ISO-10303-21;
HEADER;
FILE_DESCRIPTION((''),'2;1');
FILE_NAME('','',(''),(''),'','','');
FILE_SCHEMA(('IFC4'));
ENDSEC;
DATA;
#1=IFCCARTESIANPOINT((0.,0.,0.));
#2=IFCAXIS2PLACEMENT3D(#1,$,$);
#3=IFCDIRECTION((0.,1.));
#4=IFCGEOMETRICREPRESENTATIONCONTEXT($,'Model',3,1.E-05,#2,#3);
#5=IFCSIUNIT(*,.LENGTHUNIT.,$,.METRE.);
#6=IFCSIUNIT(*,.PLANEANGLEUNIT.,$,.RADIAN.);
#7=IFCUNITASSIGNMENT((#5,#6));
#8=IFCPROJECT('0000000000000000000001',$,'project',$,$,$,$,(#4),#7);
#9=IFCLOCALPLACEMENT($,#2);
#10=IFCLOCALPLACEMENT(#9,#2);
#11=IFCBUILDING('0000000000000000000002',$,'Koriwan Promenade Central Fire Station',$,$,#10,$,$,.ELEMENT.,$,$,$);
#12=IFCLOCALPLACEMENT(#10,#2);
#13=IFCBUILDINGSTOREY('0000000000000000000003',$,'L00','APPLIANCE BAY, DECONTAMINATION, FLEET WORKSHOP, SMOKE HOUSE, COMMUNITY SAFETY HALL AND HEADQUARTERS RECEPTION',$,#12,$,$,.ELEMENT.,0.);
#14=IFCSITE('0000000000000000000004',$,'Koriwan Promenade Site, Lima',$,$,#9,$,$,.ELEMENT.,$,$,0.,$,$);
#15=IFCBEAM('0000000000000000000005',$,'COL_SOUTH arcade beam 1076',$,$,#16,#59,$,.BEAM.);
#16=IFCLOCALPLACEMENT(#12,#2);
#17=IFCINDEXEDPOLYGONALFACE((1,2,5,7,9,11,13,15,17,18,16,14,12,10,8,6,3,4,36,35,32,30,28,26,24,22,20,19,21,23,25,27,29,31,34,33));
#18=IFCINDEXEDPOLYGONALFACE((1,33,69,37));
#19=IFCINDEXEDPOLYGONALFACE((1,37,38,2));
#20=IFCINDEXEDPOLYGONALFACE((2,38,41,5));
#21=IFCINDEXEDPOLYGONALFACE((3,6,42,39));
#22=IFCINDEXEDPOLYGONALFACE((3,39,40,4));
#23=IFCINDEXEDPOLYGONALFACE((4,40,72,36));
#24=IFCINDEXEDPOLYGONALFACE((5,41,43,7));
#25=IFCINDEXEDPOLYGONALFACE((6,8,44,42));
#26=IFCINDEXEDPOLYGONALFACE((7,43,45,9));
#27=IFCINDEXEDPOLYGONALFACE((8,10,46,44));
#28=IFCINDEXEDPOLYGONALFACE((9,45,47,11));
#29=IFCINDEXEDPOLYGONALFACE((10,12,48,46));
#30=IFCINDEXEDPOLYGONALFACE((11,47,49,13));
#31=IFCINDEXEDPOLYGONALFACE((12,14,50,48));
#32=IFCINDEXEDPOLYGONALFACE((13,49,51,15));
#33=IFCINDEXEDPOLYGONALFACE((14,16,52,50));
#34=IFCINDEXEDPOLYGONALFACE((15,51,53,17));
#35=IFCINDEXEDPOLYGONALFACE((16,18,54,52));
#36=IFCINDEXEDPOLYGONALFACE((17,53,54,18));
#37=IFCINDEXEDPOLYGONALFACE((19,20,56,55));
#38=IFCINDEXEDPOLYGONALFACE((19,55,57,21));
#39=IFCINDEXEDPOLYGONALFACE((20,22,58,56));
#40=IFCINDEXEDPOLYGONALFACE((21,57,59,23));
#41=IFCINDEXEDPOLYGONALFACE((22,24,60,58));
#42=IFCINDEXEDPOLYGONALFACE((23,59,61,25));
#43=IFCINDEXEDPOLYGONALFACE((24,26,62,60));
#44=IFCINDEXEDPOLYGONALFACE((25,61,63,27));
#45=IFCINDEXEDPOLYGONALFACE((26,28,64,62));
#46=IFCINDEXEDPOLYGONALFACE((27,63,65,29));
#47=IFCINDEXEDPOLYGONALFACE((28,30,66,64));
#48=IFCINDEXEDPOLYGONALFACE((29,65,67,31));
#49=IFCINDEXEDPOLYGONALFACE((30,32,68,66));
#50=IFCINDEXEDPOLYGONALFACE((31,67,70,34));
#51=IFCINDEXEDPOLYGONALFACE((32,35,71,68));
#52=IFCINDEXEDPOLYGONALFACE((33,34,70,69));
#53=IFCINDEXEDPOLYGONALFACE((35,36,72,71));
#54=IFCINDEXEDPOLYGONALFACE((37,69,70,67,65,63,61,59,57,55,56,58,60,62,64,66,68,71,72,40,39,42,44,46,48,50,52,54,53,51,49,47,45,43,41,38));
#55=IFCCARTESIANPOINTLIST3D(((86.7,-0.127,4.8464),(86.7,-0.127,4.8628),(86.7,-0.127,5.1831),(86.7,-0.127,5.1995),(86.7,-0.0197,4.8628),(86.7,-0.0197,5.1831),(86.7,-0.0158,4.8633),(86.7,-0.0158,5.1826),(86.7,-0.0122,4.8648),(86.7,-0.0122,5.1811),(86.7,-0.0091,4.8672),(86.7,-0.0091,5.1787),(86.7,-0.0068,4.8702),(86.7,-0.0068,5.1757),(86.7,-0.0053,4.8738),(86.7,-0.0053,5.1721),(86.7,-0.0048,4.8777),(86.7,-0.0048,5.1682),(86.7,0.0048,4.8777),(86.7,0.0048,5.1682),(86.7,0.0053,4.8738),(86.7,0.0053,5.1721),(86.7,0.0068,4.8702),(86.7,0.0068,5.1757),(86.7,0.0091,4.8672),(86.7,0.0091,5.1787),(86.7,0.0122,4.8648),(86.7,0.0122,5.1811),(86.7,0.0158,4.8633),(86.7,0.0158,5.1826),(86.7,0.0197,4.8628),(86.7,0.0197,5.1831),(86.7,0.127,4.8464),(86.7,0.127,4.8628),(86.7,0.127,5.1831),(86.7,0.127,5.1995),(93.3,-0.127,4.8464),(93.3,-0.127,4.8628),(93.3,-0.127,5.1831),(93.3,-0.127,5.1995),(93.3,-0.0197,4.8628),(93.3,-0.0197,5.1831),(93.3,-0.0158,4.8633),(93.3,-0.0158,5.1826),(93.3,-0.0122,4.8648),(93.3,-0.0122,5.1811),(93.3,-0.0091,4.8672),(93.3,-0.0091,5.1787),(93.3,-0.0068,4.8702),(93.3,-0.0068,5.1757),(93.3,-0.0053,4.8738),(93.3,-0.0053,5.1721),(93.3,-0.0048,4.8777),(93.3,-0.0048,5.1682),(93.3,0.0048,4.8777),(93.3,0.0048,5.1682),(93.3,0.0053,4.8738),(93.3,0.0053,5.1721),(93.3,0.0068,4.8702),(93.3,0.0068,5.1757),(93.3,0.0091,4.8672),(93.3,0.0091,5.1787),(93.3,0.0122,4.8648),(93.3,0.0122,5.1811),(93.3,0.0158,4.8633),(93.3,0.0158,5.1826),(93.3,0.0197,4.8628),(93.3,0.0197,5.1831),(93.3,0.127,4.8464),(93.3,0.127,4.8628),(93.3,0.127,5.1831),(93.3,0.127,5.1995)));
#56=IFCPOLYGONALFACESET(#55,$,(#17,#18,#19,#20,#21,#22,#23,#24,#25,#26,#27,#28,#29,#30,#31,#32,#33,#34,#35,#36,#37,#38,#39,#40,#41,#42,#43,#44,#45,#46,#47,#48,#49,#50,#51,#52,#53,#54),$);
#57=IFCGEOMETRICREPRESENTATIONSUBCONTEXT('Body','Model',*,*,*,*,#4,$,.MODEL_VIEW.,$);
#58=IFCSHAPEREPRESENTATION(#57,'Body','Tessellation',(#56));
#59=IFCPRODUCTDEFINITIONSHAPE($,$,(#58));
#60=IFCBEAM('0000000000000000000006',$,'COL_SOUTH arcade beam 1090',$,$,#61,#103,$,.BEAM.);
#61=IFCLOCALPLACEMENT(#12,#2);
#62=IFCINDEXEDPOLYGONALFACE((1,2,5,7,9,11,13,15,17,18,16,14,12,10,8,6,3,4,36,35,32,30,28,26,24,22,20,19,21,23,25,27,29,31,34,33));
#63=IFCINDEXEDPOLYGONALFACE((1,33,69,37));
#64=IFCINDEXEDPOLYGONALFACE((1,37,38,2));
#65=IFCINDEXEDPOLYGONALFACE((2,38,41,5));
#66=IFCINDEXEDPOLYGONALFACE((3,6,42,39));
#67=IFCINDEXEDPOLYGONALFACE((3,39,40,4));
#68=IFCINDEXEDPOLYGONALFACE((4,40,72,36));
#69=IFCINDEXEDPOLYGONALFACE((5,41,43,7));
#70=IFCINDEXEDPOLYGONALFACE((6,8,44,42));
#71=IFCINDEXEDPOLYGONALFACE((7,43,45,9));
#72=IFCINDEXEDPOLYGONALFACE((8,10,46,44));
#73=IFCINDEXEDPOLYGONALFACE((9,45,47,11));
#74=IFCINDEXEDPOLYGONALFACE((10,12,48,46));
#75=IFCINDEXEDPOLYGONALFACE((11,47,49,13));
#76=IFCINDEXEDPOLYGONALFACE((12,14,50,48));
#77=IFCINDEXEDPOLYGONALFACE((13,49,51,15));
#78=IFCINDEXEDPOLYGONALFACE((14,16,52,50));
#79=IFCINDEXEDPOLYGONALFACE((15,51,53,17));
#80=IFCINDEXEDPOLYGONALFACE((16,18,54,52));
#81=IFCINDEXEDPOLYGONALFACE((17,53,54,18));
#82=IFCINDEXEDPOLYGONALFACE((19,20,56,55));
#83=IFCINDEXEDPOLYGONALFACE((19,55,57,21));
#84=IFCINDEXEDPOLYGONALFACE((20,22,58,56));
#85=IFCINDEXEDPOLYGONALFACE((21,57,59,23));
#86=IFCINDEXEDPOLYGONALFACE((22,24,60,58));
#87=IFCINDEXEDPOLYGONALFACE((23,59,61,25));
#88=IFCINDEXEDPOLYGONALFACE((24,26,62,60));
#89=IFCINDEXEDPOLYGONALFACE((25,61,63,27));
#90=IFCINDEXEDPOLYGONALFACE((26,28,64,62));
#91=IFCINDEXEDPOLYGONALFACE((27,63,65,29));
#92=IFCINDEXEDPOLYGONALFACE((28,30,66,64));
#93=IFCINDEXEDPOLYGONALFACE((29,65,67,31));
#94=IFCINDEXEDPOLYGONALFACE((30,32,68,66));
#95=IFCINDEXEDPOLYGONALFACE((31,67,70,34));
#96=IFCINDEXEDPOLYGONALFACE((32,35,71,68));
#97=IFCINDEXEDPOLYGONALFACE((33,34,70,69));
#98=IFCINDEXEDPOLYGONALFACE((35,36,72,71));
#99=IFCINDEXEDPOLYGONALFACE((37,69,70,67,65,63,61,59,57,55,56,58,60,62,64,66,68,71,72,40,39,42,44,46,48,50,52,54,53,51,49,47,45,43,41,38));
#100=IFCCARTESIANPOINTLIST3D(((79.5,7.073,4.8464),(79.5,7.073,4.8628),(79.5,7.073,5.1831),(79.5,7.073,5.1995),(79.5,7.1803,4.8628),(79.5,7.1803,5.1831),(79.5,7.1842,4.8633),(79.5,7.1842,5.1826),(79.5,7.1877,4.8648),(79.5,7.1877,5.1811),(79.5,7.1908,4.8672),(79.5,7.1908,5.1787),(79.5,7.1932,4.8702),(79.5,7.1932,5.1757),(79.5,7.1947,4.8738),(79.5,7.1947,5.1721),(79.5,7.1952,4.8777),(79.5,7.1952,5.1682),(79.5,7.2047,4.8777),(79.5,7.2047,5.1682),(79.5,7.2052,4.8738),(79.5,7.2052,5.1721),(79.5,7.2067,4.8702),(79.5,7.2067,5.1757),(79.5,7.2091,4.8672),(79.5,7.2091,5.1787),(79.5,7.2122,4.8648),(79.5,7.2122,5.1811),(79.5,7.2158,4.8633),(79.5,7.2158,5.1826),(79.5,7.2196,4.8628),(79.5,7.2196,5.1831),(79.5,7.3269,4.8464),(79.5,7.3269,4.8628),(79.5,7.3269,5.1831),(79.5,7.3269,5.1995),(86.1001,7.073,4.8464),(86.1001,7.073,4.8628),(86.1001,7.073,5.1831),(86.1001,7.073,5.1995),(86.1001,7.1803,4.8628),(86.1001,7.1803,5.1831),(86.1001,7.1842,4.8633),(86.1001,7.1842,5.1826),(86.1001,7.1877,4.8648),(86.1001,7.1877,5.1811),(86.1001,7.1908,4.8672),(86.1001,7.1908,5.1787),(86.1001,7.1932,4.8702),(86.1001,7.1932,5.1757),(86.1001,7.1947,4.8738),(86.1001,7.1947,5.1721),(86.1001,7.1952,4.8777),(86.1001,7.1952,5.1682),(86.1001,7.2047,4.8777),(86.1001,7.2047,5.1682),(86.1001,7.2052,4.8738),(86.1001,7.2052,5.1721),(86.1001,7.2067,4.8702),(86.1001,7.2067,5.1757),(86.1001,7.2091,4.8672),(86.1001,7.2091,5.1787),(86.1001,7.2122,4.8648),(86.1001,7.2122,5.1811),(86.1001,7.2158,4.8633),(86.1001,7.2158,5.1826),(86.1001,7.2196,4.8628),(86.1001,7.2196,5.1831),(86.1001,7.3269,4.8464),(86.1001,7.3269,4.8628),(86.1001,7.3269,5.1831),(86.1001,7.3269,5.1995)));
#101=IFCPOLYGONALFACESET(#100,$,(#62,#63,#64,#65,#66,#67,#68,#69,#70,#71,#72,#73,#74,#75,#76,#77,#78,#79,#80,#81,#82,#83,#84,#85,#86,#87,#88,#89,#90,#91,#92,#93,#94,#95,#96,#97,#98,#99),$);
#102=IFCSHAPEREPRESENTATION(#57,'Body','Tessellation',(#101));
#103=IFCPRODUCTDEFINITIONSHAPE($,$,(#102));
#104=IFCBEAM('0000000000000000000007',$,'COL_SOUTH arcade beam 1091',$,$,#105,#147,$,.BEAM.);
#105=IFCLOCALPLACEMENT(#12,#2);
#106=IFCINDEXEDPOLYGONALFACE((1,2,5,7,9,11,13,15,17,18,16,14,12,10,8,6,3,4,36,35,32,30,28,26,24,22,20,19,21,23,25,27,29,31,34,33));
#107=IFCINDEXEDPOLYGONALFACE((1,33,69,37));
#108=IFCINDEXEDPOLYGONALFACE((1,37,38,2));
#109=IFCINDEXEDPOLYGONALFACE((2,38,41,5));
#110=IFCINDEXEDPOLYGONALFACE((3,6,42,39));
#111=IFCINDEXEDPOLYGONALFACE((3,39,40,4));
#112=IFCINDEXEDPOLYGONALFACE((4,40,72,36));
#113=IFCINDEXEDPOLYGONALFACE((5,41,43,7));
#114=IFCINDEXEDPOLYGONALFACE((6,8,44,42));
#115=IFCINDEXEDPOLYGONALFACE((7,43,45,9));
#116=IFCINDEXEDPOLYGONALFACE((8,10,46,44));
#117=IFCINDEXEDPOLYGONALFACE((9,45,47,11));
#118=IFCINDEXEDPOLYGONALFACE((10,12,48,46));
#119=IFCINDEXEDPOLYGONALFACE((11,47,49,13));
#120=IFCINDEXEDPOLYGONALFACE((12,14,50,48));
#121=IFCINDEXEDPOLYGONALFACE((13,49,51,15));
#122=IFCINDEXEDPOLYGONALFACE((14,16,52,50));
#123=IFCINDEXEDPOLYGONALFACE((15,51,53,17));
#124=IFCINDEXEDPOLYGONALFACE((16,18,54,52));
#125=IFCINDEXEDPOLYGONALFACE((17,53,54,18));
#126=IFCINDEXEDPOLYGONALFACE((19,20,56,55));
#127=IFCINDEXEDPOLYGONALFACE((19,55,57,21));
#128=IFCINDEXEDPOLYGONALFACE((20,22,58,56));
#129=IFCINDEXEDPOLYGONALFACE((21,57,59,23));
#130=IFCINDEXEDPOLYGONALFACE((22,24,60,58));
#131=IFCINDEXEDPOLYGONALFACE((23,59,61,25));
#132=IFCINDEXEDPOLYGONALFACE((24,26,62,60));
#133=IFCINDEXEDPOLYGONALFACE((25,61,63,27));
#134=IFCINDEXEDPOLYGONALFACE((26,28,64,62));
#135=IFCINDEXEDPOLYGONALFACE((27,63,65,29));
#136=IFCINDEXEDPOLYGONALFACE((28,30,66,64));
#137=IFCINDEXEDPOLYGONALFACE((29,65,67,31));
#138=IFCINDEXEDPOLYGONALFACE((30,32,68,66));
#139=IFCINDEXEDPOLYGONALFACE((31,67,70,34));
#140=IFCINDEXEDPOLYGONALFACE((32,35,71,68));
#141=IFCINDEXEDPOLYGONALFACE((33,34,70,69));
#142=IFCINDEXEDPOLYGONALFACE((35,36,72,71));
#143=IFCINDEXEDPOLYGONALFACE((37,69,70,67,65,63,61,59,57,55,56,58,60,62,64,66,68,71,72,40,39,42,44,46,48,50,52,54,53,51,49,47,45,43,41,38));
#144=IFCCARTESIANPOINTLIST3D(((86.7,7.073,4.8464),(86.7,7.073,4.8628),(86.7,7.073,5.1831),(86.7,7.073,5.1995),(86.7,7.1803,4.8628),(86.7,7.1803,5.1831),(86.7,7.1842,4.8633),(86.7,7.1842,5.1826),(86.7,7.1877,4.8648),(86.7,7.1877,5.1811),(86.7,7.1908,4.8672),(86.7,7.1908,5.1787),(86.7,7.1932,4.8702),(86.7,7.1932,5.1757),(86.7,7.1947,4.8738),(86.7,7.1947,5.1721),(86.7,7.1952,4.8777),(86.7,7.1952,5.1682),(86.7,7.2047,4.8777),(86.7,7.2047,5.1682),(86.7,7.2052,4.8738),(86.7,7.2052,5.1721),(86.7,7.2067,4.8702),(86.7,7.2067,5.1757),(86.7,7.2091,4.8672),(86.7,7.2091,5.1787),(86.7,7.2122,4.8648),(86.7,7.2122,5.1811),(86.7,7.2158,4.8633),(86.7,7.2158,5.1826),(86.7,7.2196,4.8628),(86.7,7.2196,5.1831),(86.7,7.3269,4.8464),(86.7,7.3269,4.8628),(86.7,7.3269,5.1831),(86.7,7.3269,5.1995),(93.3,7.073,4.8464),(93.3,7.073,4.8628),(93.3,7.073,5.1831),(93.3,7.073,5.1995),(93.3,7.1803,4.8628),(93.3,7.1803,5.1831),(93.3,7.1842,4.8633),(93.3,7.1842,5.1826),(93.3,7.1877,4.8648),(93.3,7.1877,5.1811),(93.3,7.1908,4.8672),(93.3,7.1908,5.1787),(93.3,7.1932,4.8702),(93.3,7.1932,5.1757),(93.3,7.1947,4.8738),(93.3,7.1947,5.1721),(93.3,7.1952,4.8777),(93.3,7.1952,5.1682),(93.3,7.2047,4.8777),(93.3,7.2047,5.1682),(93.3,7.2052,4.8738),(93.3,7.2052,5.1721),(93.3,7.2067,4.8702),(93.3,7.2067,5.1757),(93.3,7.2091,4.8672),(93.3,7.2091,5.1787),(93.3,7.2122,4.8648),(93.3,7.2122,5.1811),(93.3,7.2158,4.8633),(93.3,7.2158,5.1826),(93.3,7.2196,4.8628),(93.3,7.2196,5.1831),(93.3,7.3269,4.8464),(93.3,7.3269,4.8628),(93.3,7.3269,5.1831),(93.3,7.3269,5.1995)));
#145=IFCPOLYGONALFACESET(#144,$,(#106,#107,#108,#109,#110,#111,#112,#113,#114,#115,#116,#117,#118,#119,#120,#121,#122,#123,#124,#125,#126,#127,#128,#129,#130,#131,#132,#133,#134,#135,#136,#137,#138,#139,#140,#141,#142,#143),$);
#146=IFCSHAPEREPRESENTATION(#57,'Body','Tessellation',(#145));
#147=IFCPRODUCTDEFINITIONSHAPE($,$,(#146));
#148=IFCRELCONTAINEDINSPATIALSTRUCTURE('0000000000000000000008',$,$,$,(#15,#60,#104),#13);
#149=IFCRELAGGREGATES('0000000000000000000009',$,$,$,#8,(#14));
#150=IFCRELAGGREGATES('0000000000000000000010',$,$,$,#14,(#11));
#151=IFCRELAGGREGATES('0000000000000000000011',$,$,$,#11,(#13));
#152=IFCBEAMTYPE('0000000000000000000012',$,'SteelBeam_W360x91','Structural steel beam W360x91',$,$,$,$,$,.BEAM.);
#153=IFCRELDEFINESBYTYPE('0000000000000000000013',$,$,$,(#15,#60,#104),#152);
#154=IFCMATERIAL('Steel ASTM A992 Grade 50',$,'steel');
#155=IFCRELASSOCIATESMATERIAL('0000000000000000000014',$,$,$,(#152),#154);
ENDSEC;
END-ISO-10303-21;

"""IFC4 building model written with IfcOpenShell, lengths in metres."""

from ifc_helpers import new_model, si_unit, direction, frame, origin, origin_2d, place, context, subcontext, project, spatial, i_section, extrude, material, material_profile, profile_set, type_object, element, save


model = new_model("IFC4")

# Units and contexts
model_context = context("Model", 3, precision=1e-05, world=origin(), true_north=direction((0.0, 1.0)))
body_context = subcontext(model_context, "Body", "Model", "MODEL_VIEW")
ifc_project = project(units=[si_unit("LENGTHUNIT", "METRE"), si_unit("PLANEANGLEUNIT", "RADIAN")], contexts=[model_context])

# Site, building, storey
site_placement = place(None, origin())
site = spatial("IfcSite", under=ifc_project, at=site_placement, Name="Koriwan Promenade Site, Lima", CompositionType="ELEMENT", RefElevation=0.0)
building_placement = place(site_placement, origin())
building = spatial("IfcBuilding", under=site, at=building_placement, Name="Koriwan Promenade Central Fire Station", CompositionType="ELEMENT")
storey_placement = place(building_placement, origin())
storey = spatial("IfcBuildingStorey", under=building, at=storey_placement, Name="L00", Description="APPLIANCE BAY, DECONTAMINATION, FLEET WORKSHOP, SMOKE HOUSE, COMMUNITY SAFETY HALL AND HEADQUARTERS RECEPTION", CompositionType="ELEMENT", Elevation=0.0)

# Beams
ifc_material_1 = material(Name="Steel ASTM A992 Grade 50", Category="steel")
ifc_material_profile_1 = material_profile(ifc_material_1, i_section(OverallWidth=0.2539, OverallDepth=0.353, WebThickness=0.0095, FlangeThickness=0.0164, FilletRadius=0.0149, at=origin_2d()), Name="W360x91")
ifc_profile_set_1 = profile_set([ifc_material_profile_1], Name="Steel ASTM A992 Grade 50")
beam_type_1 = type_object("IfcBeamType", Name="SteelBeam_W360x91", Description="Structural steel beam W360x91", PredefinedType="BEAM", material=ifc_profile_set_1)
for number, where, z_axis, x_axis, name in (
    (1, (86.7, 0.0, 5.0229), (1.0, 0.0, 0.0), (0.0, 1.0, 0.0), "COL_SOUTH arcade beam 1076"),
    (2, (79.5, 7.2, 5.0229), (1.0, 0.0, 0.0), (0.0, 1.0, 0.0), "COL_SOUTH arcade beam 1090"),
    (3, (86.7, 7.2, 5.0229), (1.0, 0.0, 0.0), (0.0, 1.0, 0.0), "COL_SOUTH arcade beam 1091"),
):
    element("IfcBeam", number, at=place(storey_placement, frame(where, z_axis=z_axis, x_axis=x_axis)), inside=storey, type_object=beam_type_1, Name=name, PredefinedType="BEAM", context=body_context, shape_type="SweptSolid", body=[
        extrude(i_section(OverallWidth=0.2539, OverallDepth=0.353, WebThickness=0.0095, FlangeThickness=0.0164, FilletRadius=0.0149, at=origin_2d()), origin(), (0.0, 0.0, 1.0), 6.6001),
    ])

save(model, "model.ifc")
